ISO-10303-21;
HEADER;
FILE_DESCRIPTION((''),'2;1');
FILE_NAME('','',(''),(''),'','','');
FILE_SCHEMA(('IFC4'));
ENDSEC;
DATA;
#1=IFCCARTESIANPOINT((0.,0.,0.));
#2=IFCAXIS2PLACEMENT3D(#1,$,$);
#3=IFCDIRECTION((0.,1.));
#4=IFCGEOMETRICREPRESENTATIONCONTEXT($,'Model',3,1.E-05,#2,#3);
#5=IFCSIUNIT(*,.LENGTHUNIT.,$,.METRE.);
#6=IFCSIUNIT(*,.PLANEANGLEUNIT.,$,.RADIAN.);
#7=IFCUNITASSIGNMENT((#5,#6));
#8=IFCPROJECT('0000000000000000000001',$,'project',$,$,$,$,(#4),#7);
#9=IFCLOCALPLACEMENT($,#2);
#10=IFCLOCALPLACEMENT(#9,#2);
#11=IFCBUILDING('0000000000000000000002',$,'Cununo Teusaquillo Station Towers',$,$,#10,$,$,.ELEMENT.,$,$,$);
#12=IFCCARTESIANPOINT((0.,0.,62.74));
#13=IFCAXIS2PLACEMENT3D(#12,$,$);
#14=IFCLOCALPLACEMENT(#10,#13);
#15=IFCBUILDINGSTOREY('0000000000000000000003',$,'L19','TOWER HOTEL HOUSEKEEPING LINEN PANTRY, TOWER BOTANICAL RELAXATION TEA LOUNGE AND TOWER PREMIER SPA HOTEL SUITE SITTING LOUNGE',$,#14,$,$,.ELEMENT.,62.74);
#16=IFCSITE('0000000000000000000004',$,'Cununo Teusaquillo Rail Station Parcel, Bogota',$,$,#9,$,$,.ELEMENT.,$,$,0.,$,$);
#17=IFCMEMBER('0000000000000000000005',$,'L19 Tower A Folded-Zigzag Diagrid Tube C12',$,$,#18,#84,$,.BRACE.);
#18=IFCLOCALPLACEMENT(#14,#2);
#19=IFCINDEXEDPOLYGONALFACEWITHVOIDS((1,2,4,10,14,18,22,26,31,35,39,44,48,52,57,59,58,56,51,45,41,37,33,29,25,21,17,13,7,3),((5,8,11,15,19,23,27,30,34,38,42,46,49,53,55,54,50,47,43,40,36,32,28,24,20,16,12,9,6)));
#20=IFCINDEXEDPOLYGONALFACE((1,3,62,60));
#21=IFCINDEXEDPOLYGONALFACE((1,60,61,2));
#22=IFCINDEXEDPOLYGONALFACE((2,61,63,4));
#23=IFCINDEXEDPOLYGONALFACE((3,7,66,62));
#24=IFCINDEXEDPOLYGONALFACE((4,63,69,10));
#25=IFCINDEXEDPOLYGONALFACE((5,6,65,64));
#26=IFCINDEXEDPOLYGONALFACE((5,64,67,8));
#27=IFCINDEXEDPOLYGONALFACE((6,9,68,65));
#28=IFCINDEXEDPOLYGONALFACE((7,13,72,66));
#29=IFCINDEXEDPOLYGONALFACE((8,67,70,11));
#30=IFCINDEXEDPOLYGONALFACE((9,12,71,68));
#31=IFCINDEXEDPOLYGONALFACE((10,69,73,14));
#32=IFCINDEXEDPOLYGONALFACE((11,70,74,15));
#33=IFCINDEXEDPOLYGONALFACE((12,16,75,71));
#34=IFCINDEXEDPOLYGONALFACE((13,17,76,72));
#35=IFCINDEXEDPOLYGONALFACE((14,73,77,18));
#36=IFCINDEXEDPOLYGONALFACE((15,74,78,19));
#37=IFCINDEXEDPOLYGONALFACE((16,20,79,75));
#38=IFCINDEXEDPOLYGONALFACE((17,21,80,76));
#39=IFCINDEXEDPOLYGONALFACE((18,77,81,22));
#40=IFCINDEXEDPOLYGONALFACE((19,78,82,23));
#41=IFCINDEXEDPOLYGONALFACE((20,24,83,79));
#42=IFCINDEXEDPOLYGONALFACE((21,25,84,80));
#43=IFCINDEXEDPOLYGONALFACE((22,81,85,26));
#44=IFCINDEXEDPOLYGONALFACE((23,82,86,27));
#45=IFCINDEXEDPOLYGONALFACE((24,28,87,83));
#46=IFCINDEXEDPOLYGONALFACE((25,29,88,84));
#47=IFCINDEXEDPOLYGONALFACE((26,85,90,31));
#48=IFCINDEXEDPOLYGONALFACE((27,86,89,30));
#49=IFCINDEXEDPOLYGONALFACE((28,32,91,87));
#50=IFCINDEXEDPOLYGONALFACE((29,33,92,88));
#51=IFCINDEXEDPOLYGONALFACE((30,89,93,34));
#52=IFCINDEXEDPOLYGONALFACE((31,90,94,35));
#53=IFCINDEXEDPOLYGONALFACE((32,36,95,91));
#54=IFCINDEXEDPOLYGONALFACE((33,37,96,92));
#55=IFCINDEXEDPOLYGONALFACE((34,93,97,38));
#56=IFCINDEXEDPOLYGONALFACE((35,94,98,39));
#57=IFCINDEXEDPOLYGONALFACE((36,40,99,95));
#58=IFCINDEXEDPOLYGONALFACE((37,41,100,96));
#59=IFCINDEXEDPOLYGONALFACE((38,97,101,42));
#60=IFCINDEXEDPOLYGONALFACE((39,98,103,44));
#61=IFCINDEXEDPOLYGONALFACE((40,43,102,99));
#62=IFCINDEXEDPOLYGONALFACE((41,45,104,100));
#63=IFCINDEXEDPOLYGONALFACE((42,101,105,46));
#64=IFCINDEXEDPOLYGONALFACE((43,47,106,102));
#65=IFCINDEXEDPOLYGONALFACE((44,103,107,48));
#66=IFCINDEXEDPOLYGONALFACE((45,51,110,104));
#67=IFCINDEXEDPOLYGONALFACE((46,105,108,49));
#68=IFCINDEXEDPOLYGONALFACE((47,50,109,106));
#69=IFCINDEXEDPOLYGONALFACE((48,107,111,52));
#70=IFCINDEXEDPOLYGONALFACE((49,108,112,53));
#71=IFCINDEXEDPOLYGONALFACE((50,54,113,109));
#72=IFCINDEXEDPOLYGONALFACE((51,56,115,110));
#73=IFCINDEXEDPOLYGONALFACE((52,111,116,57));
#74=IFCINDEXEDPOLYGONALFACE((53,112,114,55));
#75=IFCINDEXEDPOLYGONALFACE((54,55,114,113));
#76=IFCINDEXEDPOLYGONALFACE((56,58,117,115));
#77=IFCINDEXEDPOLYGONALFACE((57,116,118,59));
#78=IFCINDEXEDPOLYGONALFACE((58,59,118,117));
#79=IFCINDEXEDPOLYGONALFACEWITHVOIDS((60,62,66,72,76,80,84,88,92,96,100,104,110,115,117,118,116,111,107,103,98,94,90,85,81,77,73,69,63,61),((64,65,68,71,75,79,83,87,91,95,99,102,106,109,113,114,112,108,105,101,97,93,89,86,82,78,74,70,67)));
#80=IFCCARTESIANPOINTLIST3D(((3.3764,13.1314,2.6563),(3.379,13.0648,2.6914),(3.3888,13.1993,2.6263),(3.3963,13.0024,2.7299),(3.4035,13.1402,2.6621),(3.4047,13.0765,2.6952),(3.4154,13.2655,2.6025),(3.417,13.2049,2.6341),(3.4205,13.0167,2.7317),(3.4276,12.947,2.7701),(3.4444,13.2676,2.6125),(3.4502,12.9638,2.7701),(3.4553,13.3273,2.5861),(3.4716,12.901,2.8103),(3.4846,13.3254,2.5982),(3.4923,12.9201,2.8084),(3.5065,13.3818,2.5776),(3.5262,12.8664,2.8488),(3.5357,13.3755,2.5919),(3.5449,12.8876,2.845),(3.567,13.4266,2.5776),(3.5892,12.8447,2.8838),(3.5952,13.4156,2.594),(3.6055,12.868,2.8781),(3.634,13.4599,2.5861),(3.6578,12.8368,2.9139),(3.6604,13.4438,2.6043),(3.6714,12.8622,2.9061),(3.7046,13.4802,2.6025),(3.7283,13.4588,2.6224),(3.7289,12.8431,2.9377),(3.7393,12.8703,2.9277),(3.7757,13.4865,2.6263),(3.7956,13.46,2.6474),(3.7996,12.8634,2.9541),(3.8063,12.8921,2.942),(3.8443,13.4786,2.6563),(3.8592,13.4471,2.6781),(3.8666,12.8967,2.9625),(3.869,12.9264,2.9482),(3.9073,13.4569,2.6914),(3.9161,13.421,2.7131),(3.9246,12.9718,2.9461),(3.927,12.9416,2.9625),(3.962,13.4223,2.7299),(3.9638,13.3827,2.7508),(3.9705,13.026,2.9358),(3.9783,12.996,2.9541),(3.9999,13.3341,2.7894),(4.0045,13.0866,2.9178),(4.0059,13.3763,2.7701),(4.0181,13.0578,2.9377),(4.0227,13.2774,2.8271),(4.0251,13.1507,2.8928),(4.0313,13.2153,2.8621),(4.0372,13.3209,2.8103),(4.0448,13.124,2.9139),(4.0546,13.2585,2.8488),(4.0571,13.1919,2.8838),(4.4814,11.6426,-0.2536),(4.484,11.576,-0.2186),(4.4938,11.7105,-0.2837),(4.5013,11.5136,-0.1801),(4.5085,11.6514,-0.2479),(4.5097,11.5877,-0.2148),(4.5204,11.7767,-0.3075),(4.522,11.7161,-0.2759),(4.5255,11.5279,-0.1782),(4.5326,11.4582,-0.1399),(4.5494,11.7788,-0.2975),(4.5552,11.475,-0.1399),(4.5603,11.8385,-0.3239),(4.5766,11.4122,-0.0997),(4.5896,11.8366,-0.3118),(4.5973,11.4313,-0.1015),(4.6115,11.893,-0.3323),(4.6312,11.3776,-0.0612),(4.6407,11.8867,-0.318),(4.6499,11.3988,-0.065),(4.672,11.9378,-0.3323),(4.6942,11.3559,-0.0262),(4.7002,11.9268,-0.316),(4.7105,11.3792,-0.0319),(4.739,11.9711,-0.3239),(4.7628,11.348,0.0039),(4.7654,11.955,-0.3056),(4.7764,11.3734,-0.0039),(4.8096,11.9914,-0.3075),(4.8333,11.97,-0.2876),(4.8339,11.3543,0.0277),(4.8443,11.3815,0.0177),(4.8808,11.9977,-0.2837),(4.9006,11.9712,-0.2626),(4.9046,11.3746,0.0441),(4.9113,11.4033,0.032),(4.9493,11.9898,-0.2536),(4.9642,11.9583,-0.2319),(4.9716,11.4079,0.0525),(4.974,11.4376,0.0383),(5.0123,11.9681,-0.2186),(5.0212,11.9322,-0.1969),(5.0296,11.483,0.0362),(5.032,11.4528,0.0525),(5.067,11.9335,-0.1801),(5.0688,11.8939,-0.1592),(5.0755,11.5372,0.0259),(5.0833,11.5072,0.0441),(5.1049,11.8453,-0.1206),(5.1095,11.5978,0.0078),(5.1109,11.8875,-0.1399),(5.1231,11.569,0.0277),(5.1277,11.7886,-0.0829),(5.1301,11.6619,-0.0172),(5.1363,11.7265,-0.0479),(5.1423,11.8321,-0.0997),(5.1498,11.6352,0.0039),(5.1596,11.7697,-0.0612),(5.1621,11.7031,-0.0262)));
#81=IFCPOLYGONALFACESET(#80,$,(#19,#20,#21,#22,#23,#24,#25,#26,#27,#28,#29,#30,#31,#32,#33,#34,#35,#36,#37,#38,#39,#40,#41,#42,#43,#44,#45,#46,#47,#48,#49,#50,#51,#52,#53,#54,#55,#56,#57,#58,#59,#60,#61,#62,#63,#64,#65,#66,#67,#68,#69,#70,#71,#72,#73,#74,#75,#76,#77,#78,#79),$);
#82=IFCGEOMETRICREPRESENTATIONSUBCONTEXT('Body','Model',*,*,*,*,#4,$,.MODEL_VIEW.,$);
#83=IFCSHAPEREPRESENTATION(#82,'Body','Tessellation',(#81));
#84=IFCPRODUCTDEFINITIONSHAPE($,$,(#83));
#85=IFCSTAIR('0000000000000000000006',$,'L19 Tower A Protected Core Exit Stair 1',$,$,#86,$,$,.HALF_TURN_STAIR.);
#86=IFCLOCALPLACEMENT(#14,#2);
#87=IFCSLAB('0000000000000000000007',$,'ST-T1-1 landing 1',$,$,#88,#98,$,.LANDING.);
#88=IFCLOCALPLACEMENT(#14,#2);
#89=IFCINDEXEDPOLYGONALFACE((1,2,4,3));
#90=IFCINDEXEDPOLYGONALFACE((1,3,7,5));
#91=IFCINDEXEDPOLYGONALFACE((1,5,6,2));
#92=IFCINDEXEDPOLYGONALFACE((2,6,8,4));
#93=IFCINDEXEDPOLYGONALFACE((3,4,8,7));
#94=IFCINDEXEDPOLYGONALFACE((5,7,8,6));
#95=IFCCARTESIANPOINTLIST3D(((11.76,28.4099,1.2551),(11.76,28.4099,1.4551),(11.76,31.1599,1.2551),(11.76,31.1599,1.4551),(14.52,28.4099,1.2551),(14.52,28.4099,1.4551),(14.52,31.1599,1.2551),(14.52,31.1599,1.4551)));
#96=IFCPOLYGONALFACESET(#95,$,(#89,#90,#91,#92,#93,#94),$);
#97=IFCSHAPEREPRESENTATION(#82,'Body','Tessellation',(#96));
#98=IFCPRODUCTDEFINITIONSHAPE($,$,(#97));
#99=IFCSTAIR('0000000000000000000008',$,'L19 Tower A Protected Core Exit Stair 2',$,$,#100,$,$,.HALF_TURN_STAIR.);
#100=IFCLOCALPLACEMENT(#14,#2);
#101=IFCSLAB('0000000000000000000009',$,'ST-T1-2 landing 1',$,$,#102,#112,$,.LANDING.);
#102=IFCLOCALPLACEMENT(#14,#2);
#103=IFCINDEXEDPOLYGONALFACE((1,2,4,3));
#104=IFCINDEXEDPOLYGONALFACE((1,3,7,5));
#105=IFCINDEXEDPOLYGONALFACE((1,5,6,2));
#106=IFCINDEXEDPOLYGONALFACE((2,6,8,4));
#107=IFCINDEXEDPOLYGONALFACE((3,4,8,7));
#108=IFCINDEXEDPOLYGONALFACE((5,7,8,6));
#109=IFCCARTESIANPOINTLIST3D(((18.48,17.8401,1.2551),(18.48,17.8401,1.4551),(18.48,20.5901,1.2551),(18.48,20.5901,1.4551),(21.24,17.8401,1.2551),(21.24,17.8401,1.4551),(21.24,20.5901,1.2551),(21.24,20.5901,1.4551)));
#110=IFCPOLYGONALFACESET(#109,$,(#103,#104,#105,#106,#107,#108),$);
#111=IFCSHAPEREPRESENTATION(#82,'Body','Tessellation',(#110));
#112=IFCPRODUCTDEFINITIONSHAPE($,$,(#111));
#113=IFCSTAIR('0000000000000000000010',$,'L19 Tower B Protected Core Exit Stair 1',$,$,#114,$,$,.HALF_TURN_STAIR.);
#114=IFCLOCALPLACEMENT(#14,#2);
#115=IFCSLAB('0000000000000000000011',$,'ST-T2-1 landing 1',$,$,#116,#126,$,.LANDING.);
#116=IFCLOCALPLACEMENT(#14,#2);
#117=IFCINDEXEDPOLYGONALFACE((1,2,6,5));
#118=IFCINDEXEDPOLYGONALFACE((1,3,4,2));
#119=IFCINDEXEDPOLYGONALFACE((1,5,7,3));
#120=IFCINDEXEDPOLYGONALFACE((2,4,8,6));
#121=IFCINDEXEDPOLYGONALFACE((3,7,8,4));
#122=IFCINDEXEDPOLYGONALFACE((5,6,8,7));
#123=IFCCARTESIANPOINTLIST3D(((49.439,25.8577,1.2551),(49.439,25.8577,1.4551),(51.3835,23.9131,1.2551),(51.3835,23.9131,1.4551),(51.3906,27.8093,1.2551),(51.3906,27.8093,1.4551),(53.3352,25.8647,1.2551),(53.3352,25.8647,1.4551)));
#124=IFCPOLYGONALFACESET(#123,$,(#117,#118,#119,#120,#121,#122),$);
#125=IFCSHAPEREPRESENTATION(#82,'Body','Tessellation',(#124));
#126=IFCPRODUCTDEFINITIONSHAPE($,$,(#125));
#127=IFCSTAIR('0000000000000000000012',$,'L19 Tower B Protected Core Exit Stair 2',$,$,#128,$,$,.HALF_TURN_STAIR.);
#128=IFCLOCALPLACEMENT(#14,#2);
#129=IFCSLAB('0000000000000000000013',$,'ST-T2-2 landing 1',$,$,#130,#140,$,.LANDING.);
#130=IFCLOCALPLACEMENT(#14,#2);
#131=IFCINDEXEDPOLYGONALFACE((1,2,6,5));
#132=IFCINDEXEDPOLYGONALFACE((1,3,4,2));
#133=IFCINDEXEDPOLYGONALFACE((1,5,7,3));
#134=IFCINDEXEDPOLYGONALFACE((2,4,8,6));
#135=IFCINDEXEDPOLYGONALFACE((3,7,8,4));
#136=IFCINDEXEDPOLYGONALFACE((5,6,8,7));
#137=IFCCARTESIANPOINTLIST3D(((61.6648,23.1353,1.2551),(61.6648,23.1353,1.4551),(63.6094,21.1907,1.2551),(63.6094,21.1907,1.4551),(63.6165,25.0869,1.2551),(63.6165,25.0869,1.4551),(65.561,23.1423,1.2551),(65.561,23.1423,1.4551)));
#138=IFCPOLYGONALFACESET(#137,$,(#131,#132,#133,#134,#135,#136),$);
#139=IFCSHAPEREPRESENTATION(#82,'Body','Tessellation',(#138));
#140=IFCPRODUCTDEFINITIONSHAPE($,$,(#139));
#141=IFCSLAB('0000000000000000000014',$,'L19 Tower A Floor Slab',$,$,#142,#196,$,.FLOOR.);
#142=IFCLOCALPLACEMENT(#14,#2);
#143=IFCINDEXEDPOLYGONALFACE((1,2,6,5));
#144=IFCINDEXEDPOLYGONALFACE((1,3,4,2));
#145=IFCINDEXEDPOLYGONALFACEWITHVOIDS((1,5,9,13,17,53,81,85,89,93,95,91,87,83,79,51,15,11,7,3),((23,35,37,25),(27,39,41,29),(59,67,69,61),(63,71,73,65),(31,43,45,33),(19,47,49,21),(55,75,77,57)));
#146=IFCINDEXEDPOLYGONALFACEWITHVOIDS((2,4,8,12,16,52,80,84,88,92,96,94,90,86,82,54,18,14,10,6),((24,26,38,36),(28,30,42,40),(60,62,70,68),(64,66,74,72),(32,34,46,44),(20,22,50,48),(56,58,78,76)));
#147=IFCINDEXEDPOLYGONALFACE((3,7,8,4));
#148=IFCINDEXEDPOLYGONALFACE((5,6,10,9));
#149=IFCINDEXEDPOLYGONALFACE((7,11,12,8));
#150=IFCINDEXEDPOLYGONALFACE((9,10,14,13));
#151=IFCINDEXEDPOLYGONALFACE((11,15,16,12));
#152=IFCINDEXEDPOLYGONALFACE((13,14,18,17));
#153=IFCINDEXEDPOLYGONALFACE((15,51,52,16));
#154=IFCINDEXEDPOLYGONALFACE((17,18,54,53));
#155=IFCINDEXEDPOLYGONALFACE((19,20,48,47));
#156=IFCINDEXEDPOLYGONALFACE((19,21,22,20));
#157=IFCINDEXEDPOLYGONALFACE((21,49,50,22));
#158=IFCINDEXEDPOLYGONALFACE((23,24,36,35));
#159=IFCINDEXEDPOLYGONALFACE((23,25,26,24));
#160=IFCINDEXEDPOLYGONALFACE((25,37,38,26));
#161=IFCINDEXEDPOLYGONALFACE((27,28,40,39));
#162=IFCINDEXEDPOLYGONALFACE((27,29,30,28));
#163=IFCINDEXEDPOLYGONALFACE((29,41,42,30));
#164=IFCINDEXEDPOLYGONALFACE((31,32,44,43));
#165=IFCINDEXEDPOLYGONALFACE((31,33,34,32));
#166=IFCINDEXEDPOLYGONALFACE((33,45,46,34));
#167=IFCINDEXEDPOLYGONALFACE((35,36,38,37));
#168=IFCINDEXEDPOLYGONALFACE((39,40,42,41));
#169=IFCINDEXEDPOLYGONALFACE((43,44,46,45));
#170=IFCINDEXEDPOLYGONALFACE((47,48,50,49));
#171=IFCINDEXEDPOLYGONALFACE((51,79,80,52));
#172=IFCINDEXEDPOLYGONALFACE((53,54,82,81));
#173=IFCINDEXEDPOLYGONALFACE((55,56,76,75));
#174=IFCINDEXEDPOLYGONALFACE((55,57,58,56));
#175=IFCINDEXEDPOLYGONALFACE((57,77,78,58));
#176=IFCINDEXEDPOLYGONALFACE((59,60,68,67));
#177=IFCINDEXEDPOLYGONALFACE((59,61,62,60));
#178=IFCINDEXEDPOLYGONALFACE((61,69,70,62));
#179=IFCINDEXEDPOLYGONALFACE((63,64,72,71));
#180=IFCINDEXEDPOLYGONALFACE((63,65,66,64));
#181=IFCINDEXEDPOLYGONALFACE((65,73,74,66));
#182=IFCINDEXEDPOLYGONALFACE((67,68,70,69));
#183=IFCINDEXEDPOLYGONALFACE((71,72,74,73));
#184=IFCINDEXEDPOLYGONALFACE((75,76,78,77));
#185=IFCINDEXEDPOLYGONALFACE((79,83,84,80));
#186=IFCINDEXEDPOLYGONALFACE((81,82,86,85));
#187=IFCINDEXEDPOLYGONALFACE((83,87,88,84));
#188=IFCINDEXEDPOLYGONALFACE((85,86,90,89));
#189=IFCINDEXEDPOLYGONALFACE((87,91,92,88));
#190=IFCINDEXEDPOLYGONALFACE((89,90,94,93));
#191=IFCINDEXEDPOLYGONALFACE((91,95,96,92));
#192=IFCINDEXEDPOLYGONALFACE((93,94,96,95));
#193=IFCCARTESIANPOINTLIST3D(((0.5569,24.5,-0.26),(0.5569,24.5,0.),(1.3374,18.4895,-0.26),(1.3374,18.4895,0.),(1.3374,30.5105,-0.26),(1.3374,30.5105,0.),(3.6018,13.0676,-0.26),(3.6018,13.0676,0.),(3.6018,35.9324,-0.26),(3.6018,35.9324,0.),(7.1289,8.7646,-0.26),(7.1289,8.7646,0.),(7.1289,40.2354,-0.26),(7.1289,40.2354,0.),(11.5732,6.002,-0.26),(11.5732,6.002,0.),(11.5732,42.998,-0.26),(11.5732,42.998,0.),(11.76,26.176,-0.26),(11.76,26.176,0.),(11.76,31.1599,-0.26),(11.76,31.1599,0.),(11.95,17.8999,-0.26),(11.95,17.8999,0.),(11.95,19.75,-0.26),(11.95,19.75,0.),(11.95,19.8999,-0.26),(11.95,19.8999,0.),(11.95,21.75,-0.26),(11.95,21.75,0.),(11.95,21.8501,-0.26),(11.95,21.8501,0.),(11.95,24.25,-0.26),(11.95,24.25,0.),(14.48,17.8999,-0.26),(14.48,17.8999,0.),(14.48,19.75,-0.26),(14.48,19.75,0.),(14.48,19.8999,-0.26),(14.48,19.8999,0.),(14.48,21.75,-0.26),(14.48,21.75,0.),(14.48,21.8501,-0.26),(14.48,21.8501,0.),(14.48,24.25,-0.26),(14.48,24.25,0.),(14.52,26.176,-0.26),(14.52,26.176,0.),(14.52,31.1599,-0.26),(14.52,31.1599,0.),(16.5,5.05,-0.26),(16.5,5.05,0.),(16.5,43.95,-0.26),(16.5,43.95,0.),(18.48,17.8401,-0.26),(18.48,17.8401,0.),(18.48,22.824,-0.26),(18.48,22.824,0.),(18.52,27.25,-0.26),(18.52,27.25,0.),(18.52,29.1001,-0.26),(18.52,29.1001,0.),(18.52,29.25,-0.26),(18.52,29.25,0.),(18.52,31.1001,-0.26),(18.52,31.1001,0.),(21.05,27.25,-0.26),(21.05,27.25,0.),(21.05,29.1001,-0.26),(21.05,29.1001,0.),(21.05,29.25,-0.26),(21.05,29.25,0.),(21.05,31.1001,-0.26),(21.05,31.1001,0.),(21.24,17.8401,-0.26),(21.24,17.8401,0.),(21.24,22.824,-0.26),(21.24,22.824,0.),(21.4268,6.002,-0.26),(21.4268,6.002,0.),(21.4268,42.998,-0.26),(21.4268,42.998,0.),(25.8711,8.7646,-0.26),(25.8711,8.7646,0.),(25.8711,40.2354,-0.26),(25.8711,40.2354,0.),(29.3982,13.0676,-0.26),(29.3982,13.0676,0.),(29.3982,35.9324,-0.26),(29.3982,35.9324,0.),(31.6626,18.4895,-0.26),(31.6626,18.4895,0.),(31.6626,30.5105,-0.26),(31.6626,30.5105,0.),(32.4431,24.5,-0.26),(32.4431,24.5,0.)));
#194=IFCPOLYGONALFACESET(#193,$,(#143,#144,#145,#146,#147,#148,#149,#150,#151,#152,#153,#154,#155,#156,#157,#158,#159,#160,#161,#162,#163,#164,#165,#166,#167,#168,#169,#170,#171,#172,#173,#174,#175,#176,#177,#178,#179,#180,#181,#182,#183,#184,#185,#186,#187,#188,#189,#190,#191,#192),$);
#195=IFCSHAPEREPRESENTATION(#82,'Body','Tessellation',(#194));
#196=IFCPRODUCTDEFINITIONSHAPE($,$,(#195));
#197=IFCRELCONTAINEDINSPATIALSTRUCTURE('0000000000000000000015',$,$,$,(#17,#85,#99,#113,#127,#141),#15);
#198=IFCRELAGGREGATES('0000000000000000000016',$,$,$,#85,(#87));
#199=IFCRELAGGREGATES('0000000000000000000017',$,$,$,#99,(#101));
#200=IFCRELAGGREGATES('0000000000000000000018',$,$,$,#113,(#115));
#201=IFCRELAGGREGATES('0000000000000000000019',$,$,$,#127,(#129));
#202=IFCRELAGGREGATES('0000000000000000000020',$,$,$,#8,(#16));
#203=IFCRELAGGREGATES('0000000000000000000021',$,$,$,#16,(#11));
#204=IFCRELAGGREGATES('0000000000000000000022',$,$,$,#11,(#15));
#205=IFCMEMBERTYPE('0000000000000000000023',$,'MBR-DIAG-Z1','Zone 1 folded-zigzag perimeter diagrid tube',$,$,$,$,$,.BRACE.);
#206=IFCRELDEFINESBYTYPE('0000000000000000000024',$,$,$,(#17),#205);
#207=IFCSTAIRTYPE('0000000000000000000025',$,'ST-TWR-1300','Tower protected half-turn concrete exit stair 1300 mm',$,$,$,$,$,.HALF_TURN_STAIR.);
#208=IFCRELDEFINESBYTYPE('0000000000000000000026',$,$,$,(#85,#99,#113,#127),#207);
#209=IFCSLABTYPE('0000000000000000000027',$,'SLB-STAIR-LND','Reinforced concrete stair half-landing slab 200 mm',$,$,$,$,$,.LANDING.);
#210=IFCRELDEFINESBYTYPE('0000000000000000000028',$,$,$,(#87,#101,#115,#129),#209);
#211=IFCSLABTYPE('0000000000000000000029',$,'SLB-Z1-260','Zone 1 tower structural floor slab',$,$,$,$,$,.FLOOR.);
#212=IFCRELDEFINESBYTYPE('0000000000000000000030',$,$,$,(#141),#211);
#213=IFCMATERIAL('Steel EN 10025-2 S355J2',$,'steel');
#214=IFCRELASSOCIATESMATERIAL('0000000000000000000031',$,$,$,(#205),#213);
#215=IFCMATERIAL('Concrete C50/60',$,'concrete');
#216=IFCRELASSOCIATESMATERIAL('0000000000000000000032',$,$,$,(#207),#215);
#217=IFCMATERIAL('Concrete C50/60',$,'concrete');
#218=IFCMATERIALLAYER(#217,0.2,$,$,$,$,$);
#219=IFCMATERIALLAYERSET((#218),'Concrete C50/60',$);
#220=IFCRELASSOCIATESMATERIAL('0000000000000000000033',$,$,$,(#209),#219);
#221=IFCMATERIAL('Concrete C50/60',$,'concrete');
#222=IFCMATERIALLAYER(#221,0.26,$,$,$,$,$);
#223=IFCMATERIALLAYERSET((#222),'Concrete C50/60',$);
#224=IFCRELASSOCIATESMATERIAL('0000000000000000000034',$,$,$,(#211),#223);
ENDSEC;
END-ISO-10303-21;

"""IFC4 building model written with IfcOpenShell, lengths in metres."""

from ifc_helpers import new_model, si_unit, direction, frame, origin, origin_2d, place, context, subcontext, project, spatial, polyline, hollow_circle, outline, extrude, material, layer, layer_set, material_profile, profile_set, type_object, element, aggregate, save


model = new_model("IFC4")

# Units and contexts
model_context = context("Model", 3, precision=1e-05, world=origin(), true_north=direction((0.0, 1.0)))
body_context = subcontext(model_context, "Body", "Model", "MODEL_VIEW")
ifc_project = project(units=[si_unit("LENGTHUNIT", "METRE"), si_unit("PLANEANGLEUNIT", "RADIAN")], contexts=[model_context])

# Site, building, storey
site_placement = place(None, origin())
site = spatial("IfcSite", under=ifc_project, at=site_placement, Name="Cununo Teusaquillo Rail Station Parcel, Bogota", CompositionType="ELEMENT", RefElevation=0.0)
building_placement = place(site_placement, origin())
building = spatial("IfcBuilding", under=site, at=building_placement, Name="Cununo Teusaquillo Station Towers", CompositionType="ELEMENT")
storey_placement = place(building_placement, frame((0.0, 0.0, 62.74)))
storey = spatial("IfcBuildingStorey", under=building, at=storey_placement, Name="L19", Description="TOWER HOTEL HOUSEKEEPING LINEN PANTRY, TOWER BOTANICAL RELAXATION TEA LOUNGE AND TOWER PREMIER SPA HOTEL SUITE SITTING LOUNGE", CompositionType="ELEMENT", Elevation=62.74)

# Member
ifc_material_1 = material(Name="Steel EN 10025-2 S355J2", Category="steel")
ifc_material_profile_1 = material_profile(ifc_material_1, hollow_circle(Radius=0.3601, WallThickness=0.0281, at=origin_2d()), Name="CHS 720x28")
ifc_profile_set_1 = profile_set([ifc_material_profile_1], Name="Steel EN 10025-2 S355J2")
member_type = type_object("IfcMemberType", Name="MBR-DIAG-Z1", Description="Zone 1 folded-zigzag perimeter diagrid tube", PredefinedType="BRACE", material=ifc_profile_set_1)
member_placement = place(storey_placement, frame((4.8218, 11.6729, -0.1399), z_axis=(-0.32025, 0.431482, 0.843364), x_axis=(-0.802992, -0.595989, 0.0)))
element("IfcMember", 1, at=member_placement, inside=storey, type_object=member_type, Name="L19 Tower A Folded-Zigzag Diagrid Tube C12", PredefinedType="BRACE", context=body_context, shape_type="SweptSolid", body=[
    extrude(hollow_circle(Radius=0.3601, WallThickness=0.0281, at=origin_2d()), origin(), (0.0, 0.0, 1.0), 3.4504),
])

# Stairs, slabs
ifc_material_2 = material(Name="Concrete C50/60", Category="concrete")
stair_type = type_object("IfcStairType", Name="ST-TWR-1300", Description="Tower protected half-turn concrete exit stair 1300 mm", PredefinedType="HALF_TURN_STAIR", material=ifc_material_2)
stair_1_placement = place(storey_placement, origin())
stair_1 = element("IfcStair", 2, at=stair_1_placement, inside=storey, type_object=stair_type, Name="L19 Tower A Protected Core Exit Stair 1", PredefinedType="HALF_TURN_STAIR")
ifc_material_3 = material(Name="Concrete C50/60", Category="concrete")
ifc_layer_1 = layer(ifc_material_3, 0.2)
ifc_layer_set_1 = layer_set([ifc_layer_1], Name="Concrete C50/60")
slab_type_1 = type_object("IfcSlabType", Name="SLB-STAIR-LND", Description="Reinforced concrete stair half-landing slab 200 mm", PredefinedType="LANDING", material=ifc_layer_set_1)
slab_1_placement = place(storey_placement, frame((0.0, 0.0, 1.2551)))
slab_1 = element("IfcSlab", 3, at=slab_1_placement, type_object=slab_type_1, Name="ST-T1-1 landing 1", PredefinedType="LANDING", context=body_context, shape_type="SweptSolid", body=[
    extrude(outline(polyline([(14.52, 28.4099), (14.52, 31.1599), (11.76, 31.1599), (11.76, 28.4099), (14.52, 28.4099)])), origin(), (0.0, 0.0, 1.0), 0.2),
])
aggregate(stair_1, [slab_1])
stair_2_placement = place(storey_placement, origin())
stair_2 = element("IfcStair", 4, at=stair_2_placement, inside=storey, type_object=stair_type, Name="L19 Tower A Protected Core Exit Stair 2", PredefinedType="HALF_TURN_STAIR")
slab_2_placement = place(storey_placement, frame((0.0, 0.0, 1.2551)))
slab_2 = element("IfcSlab", 5, at=slab_2_placement, type_object=slab_type_1, Name="ST-T1-2 landing 1", PredefinedType="LANDING", context=body_context, shape_type="SweptSolid", body=[
    extrude(outline(polyline([(18.48, 20.5901), (18.48, 17.8401), (21.24, 17.8401), (21.24, 20.5901), (18.48, 20.5901)])), origin(), (0.0, 0.0, 1.0), 0.2),
])
aggregate(stair_2, [slab_2])
stair_3_placement = place(storey_placement, origin())
stair_3 = element("IfcStair", 6, at=stair_3_placement, inside=storey, type_object=stair_type, Name="L19 Tower B Protected Core Exit Stair 1", PredefinedType="HALF_TURN_STAIR")
slab_3_placement = place(storey_placement, frame((0.0, 0.0, 1.2551)))
slab_3 = element("IfcSlab", 7, at=slab_3_placement, type_object=slab_type_1, Name="ST-T2-1 landing 1", PredefinedType="LANDING", context=body_context, shape_type="SweptSolid", body=[
    extrude(outline(polyline([(53.3352, 25.8647), (51.3906, 27.8093), (49.439, 25.8577), (51.3835, 23.9131), (53.3352, 25.8647)])), origin(), (0.0, 0.0, 1.0), 0.2),
])
aggregate(stair_3, [slab_3])
stair_4_placement = place(storey_placement, origin())
stair_4 = element("IfcStair", 8, at=stair_4_placement, inside=storey, type_object=stair_type, Name="L19 Tower B Protected Core Exit Stair 2", PredefinedType="HALF_TURN_STAIR")
slab_4_placement = place(storey_placement, frame((0.0, 0.0, 1.2551)))
slab_4 = element("IfcSlab", 9, at=slab_4_placement, type_object=slab_type_1, Name="ST-T2-2 landing 1", PredefinedType="LANDING", context=body_context, shape_type="SweptSolid", body=[
    extrude(outline(polyline([(61.6648, 23.1353), (63.6094, 21.1907), (65.561, 23.1423), (63.6165, 25.0869), (61.6648, 23.1353)])), origin(), (0.0, 0.0, 1.0), 0.2),
])
aggregate(stair_4, [slab_4])

# Slab
ifc_material_4 = material(Name="Concrete C50/60", Category="concrete")
ifc_layer_2 = layer(ifc_material_4, 0.26)
ifc_layer_set_2 = layer_set([ifc_layer_2], Name="Concrete C50/60")
slab_type_2 = type_object("IfcSlabType", Name="SLB-Z1-260", Description="Zone 1 tower structural floor slab", PredefinedType="FLOOR", material=ifc_layer_set_2)
slab_5_placement = place(storey_placement, frame((0.0, 0.0, -0.26)))
element("IfcSlab", 10, at=slab_5_placement, inside=storey, type_object=slab_type_2, Name="L19 Tower A Floor Slab", PredefinedType="FLOOR", context=body_context, shape_type="SweptSolid", body=[
    extrude(outline(polyline([(32.4431, 24.5), (31.6626, 30.5105), (29.3982, 35.9324), (25.8711, 40.2354), (21.4268, 42.998), (16.5, 43.95), (11.5732, 42.998), (7.1289, 40.2354), (3.6018, 35.9324), (1.3374, 30.5105), (0.5569, 24.5), (1.3374, 18.4895), (3.6018, 13.0676), (7.1289, 8.7646), (11.5732, 6.002), (16.5, 5.05), (21.4268, 6.002), (25.8711, 8.7646), (29.3982, 13.0676), (31.6626, 18.4895), (32.4431, 24.5)]), holes=[polyline([(14.52, 26.176), (14.52, 31.1599), (11.76, 31.1599), (11.76, 26.176), (14.52, 26.176)]), polyline([(18.48, 22.824), (18.48, 17.8401), (21.24, 17.8401), (21.24, 22.824), (18.48, 22.824)]), polyline([(11.95, 21.8501), (14.48, 21.8501), (14.48, 24.25), (11.95, 24.25), (11.95, 21.8501)]), polyline([(11.95, 17.8999), (14.48, 17.8999), (14.48, 19.75), (11.95, 19.75), (11.95, 17.8999)]), polyline([(11.95, 19.8999), (14.48, 19.8999), (14.48, 21.75), (11.95, 21.75), (11.95, 19.8999)]), polyline([(18.52, 27.25), (21.05, 27.25), (21.05, 29.1001), (18.52, 29.1001), (18.52, 27.25)]), polyline([(18.52, 29.25), (21.05, 29.25), (21.05, 31.1001), (18.52, 31.1001), (18.52, 29.25)])]), origin(), (0.0, 0.0, 1.0), 0.26),
])

save(model, "model.ifc")
